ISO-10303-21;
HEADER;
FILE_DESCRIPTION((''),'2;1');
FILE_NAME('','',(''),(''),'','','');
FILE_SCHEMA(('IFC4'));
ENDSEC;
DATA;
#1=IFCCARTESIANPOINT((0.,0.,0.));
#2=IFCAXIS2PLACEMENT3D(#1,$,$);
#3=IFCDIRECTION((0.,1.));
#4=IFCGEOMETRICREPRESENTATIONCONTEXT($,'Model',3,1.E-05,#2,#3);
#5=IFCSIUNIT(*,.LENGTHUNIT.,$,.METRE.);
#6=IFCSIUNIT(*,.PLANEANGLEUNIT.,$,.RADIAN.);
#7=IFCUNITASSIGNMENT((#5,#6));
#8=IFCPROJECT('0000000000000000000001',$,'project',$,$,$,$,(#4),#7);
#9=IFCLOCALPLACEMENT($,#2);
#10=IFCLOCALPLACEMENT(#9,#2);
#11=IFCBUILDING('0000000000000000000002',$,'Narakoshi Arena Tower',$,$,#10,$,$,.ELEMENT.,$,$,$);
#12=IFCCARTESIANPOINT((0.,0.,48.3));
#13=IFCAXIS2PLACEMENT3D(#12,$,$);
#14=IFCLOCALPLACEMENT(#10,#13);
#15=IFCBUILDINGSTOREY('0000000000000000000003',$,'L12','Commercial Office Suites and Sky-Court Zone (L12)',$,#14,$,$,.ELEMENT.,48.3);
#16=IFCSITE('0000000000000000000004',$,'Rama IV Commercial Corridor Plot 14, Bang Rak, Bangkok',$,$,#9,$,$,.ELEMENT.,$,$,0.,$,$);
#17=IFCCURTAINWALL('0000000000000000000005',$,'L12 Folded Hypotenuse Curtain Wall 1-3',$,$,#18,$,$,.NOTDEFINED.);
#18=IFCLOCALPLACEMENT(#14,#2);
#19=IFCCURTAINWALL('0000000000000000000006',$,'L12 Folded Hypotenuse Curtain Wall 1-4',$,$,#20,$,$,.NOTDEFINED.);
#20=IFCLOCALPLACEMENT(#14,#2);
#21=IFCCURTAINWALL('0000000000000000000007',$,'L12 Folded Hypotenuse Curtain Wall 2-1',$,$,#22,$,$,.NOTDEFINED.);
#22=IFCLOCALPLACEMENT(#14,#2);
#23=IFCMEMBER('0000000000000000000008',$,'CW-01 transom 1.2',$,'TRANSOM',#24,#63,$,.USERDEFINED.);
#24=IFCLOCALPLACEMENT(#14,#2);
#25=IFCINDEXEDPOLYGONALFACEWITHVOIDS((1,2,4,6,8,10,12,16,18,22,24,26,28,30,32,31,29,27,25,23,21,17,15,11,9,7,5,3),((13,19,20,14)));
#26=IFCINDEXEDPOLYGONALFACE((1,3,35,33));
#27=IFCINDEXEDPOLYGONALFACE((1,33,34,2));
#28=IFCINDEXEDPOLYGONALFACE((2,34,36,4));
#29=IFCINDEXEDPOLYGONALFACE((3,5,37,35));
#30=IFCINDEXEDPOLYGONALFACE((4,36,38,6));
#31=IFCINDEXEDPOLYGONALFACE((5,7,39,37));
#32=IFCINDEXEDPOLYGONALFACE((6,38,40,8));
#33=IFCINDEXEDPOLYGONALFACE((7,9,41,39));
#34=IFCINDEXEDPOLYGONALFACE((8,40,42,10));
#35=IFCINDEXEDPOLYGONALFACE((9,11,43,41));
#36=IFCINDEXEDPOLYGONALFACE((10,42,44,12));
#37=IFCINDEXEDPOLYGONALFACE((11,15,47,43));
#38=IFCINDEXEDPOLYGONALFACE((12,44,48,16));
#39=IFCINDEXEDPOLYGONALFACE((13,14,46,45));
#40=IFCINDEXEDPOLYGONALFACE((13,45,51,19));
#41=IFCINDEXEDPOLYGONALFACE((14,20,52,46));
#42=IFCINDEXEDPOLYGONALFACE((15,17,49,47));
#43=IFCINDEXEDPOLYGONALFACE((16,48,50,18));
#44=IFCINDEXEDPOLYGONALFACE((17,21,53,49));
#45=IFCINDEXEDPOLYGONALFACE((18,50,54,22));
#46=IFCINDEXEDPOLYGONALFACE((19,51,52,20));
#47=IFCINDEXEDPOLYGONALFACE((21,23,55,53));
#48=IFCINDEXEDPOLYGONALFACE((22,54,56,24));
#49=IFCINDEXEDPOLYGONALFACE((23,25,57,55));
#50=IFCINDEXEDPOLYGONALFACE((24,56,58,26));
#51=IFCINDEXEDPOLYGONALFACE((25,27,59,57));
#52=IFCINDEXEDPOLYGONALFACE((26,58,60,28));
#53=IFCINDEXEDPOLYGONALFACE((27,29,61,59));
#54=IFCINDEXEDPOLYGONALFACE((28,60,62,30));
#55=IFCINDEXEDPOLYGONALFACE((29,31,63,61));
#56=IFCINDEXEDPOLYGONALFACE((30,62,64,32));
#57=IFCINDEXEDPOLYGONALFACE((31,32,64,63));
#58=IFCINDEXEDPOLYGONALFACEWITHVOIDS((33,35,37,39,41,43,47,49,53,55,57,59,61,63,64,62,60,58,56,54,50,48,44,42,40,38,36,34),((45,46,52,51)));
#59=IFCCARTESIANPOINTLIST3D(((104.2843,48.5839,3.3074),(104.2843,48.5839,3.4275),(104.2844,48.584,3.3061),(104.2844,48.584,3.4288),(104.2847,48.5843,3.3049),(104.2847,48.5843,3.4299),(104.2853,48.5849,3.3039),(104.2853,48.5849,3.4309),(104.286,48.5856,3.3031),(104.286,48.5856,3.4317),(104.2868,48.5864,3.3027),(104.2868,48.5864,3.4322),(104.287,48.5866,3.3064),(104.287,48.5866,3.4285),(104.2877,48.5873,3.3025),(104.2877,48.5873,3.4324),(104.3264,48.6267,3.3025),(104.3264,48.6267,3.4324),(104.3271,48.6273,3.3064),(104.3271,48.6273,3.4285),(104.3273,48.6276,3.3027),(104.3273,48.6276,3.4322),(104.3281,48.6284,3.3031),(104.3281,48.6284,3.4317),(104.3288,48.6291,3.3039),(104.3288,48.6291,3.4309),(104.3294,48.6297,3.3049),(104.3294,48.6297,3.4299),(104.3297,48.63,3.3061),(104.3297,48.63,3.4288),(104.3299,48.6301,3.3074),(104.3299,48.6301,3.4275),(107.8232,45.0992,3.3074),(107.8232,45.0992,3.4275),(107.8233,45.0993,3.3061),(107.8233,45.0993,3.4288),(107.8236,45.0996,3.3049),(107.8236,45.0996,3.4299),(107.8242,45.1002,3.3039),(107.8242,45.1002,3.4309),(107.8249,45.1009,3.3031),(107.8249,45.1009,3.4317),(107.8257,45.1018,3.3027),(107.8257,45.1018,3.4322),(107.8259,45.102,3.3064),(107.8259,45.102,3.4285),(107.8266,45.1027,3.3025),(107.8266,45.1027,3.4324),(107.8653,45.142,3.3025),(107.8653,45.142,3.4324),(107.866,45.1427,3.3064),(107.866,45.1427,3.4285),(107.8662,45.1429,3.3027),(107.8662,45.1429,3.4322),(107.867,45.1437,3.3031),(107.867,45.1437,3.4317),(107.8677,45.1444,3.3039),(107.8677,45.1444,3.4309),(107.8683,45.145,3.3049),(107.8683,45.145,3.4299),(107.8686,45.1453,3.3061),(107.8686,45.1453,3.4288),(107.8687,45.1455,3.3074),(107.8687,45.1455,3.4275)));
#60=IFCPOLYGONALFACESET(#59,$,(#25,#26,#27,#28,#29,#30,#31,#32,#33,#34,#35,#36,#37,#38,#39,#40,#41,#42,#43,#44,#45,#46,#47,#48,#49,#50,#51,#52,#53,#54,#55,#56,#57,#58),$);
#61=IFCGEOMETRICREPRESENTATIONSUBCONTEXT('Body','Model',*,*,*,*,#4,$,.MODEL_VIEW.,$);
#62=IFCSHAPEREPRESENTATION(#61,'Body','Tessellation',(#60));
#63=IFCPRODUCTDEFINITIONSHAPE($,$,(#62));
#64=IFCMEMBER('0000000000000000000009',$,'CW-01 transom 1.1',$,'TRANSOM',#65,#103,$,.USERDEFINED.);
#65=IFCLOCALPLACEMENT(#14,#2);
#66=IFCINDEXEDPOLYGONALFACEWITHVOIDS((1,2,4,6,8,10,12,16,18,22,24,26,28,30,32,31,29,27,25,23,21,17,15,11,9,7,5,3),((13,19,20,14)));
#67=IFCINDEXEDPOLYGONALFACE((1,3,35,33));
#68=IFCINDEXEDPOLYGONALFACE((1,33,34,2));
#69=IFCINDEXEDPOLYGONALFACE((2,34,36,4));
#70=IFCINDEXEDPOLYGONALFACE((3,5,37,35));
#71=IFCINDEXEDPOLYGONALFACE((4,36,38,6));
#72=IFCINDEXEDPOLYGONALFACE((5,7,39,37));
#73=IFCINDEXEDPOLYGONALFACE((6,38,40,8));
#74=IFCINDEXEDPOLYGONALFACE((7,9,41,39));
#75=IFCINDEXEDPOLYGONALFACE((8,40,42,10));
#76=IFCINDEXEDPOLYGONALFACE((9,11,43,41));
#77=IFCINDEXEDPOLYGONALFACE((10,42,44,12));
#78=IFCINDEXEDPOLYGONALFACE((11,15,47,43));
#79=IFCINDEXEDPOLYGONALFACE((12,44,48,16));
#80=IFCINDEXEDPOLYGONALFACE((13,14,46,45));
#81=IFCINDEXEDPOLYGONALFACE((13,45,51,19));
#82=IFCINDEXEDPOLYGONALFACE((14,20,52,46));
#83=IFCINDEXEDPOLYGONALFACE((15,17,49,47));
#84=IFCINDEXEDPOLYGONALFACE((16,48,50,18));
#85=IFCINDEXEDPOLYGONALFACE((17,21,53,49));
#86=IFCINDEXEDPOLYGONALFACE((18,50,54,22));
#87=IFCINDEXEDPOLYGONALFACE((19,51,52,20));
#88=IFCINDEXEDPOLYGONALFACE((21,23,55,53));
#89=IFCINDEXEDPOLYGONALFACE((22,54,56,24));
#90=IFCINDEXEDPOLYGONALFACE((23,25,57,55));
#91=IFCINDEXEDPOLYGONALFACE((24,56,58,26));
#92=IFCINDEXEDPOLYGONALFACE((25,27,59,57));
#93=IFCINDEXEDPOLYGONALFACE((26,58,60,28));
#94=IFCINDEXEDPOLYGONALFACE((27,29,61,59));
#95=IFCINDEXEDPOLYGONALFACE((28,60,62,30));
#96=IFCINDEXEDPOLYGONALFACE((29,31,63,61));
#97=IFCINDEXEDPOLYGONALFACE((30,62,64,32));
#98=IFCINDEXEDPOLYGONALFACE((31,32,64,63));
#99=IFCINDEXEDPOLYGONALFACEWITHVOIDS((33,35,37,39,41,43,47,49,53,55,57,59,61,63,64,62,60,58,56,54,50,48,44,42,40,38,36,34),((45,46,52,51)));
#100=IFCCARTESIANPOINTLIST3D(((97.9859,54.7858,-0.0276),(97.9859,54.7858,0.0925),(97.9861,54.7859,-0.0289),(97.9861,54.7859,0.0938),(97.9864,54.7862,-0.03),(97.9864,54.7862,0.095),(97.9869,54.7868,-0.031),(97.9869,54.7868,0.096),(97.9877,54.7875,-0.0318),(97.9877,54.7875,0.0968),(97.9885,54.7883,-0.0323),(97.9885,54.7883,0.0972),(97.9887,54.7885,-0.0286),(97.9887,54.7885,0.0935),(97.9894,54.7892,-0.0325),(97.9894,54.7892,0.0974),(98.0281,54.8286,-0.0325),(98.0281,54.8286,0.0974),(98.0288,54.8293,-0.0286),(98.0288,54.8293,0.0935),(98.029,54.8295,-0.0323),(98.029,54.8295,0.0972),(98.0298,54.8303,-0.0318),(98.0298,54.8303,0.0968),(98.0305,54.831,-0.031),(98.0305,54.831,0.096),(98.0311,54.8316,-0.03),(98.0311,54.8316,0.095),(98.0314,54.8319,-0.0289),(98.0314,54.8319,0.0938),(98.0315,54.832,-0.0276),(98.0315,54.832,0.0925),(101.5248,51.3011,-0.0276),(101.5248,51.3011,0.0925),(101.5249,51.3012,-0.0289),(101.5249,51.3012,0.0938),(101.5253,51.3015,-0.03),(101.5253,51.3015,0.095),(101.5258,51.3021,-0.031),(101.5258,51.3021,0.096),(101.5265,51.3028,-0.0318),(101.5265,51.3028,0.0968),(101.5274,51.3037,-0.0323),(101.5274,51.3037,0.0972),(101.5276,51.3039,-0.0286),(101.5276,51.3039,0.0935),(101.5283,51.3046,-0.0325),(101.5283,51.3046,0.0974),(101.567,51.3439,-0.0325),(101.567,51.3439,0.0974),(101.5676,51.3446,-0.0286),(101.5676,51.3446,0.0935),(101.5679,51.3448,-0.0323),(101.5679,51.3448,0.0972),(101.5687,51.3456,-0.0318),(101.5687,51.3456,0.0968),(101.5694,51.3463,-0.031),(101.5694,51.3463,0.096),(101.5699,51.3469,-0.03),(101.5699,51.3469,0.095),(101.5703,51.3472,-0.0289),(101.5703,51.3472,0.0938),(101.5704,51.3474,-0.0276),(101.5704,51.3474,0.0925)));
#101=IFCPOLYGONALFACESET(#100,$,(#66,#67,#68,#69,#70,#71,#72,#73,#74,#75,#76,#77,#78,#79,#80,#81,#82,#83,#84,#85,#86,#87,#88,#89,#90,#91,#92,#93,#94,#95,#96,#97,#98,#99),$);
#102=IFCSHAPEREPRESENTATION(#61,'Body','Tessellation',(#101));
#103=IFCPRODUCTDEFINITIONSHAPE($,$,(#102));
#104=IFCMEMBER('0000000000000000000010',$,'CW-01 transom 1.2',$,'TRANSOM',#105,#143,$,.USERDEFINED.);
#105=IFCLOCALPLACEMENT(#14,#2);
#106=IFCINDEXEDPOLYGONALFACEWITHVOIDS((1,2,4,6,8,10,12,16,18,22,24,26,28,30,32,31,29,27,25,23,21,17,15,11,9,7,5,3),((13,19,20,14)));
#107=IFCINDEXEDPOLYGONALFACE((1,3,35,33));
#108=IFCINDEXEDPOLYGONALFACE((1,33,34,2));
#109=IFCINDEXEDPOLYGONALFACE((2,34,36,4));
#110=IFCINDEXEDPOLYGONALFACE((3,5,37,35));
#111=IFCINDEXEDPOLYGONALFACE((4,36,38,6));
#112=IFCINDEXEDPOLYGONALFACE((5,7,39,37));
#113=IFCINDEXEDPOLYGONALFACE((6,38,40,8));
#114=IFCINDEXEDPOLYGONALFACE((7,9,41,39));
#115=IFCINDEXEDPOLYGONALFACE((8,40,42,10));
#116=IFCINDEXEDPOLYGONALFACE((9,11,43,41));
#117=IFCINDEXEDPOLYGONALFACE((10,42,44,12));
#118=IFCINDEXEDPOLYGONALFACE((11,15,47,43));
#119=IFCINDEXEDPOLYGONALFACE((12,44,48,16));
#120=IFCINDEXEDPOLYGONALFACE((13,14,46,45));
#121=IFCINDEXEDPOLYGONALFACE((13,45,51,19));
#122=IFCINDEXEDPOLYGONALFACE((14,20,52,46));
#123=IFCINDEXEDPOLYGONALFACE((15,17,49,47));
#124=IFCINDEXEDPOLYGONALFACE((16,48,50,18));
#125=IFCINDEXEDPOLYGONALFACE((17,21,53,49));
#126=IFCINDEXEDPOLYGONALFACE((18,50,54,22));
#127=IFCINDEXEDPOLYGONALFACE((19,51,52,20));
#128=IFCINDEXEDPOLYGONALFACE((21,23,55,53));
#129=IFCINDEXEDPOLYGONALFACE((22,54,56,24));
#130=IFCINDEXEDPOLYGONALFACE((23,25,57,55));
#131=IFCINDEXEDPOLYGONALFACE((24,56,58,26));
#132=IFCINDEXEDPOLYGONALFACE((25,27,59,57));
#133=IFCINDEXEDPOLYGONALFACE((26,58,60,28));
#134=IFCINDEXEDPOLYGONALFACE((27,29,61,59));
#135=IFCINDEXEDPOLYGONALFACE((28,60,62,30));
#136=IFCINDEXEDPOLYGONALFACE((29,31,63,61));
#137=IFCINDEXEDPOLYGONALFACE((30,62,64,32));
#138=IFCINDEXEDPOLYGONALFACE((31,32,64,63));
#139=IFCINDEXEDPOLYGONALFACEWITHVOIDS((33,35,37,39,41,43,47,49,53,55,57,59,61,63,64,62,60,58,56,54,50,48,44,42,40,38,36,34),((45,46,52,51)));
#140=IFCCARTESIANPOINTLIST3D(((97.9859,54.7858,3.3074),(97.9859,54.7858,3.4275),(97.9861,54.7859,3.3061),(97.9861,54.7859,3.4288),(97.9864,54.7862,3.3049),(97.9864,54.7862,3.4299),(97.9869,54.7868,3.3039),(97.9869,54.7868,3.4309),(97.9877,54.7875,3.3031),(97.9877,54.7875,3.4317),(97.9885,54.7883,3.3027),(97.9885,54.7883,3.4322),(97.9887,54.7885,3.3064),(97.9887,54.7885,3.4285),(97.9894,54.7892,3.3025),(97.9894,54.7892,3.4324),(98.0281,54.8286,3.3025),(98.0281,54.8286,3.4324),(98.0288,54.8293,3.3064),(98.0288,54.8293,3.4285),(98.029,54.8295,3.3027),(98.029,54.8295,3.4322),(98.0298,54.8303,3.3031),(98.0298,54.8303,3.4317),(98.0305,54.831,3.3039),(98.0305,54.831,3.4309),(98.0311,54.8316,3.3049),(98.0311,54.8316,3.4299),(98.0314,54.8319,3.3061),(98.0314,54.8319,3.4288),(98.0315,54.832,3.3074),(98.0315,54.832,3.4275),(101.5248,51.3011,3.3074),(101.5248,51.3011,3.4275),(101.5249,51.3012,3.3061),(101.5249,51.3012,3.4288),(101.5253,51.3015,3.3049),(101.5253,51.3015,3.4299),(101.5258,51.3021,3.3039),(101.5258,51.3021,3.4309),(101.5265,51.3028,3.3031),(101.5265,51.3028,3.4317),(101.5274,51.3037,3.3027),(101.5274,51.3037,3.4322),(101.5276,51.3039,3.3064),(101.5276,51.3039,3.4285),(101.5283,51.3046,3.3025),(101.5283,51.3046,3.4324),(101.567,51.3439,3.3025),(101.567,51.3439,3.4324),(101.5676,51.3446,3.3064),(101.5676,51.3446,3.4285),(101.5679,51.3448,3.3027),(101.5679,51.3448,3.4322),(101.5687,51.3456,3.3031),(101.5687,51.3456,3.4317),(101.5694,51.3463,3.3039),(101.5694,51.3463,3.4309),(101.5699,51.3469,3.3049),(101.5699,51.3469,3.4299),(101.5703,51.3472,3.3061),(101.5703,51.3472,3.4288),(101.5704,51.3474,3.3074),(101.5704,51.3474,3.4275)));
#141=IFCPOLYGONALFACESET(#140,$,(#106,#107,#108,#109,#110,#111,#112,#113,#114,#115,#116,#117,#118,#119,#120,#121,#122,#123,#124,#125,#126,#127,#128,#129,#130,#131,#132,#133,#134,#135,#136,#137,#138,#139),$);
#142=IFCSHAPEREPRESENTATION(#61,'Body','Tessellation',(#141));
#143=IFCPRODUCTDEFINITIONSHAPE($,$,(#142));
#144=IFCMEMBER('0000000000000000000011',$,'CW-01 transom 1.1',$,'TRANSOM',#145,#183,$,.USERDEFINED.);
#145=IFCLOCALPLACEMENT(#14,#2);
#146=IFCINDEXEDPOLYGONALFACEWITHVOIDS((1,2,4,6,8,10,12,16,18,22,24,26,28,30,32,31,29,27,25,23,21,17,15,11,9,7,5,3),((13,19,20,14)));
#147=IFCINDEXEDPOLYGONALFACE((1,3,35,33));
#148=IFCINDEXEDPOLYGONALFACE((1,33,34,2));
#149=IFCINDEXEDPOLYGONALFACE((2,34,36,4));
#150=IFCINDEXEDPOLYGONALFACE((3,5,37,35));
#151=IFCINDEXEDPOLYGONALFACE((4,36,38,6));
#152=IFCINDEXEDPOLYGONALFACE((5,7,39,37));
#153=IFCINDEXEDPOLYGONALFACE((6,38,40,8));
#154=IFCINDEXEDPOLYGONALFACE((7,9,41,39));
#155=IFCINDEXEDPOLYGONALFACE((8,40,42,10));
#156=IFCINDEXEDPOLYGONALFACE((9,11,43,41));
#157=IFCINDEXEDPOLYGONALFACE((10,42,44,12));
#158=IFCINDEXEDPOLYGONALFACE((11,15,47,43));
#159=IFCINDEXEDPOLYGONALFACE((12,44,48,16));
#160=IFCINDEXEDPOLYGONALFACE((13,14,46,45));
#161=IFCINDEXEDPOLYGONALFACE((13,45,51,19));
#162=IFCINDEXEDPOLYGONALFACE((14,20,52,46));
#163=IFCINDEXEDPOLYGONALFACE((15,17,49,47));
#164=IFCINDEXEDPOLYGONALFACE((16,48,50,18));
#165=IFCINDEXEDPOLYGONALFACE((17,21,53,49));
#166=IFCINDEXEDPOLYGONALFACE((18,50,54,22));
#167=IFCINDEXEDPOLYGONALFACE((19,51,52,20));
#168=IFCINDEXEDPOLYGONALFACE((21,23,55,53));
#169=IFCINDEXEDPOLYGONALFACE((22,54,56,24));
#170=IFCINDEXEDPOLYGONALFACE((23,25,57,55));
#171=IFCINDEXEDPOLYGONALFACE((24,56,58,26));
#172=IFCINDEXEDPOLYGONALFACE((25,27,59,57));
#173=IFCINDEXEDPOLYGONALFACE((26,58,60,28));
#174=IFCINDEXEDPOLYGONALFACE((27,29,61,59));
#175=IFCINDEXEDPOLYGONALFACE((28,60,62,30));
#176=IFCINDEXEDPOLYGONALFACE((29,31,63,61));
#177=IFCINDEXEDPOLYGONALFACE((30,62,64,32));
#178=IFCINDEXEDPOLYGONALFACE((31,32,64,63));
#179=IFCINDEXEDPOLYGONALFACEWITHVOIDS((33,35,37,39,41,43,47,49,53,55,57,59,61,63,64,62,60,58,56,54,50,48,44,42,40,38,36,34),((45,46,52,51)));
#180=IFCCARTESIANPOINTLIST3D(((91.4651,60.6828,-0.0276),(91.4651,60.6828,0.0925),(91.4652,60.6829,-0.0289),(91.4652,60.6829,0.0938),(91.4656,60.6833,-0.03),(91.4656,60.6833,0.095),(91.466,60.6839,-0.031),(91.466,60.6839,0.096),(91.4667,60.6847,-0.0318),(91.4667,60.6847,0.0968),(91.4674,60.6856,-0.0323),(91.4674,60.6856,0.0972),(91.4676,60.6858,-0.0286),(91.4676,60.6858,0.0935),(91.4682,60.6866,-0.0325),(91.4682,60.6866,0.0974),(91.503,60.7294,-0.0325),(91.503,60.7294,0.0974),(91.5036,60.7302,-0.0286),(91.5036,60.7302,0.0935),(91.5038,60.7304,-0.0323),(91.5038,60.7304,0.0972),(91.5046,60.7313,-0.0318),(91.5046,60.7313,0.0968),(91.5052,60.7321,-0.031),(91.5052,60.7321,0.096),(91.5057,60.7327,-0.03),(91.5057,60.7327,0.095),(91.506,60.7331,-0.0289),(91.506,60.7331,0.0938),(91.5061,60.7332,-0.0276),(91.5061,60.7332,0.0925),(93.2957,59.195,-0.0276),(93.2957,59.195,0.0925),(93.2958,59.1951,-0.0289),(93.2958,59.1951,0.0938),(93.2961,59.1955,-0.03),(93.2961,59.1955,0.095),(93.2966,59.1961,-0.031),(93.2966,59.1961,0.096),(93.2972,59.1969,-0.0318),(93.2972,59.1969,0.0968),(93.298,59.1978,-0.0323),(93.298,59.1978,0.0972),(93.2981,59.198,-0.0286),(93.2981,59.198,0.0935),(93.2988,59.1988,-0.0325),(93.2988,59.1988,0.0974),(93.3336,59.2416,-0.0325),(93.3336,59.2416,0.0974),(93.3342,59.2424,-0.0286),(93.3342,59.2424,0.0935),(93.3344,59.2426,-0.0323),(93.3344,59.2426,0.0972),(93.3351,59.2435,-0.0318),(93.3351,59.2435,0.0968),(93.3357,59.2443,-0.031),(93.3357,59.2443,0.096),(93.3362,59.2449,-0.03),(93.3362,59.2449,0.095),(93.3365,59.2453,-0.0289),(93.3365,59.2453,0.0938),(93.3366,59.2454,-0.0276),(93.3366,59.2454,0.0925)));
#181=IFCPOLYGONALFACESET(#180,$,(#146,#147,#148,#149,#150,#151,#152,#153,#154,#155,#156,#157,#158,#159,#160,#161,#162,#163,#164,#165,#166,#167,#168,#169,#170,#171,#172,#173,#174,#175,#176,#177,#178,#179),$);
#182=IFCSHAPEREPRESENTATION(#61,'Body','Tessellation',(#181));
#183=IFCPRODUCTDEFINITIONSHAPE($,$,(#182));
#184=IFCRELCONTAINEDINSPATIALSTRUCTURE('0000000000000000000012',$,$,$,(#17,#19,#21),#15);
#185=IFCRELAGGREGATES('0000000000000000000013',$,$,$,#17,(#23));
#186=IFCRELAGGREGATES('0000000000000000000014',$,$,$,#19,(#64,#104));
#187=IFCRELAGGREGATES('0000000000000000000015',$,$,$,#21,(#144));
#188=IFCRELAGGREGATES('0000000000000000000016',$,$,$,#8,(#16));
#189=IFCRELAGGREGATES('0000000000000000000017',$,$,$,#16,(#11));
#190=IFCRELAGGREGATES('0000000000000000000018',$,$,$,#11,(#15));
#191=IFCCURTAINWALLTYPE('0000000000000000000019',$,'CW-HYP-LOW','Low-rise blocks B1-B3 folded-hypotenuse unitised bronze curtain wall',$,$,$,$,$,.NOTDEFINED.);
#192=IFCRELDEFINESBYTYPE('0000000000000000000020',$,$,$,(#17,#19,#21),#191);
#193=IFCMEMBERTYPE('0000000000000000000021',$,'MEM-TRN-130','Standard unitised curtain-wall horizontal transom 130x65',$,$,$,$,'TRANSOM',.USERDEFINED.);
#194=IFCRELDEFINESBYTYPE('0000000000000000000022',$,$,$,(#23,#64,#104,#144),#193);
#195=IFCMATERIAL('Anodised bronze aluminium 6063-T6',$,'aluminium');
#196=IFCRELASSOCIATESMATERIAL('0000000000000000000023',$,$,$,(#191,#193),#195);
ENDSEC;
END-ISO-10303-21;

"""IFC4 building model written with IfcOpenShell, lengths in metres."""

from ifc_helpers import new_model, si_unit, direction, frame, origin, origin_2d, place, context, subcontext, project, spatial, hollow_rectangle, extrude, material, material_profile, profile_set, type_object, element, aggregate, save


model = new_model("IFC4")

# Units and contexts
model_context = context("Model", 3, precision=1e-05, world=origin(), true_north=direction((0.0, 1.0)))
body_context = subcontext(model_context, "Body", "Model", "MODEL_VIEW")
ifc_project = project(units=[si_unit("LENGTHUNIT", "METRE"), si_unit("PLANEANGLEUNIT", "RADIAN")], contexts=[model_context])

# Site, building, storey
site_placement = place(None, origin())
site = spatial("IfcSite", under=ifc_project, at=site_placement, Name="Rama IV Commercial Corridor Plot 14, Bang Rak, Bangkok", CompositionType="ELEMENT", RefElevation=0.0)
building_placement = place(site_placement, origin())
building = spatial("IfcBuilding", under=site, at=building_placement, Name="Narakoshi Arena Tower", CompositionType="ELEMENT")
storey_placement = place(building_placement, frame((0.0, 0.0, 48.3)))
storey = spatial("IfcBuildingStorey", under=building, at=storey_placement, Name="L12", Description="Commercial Office Suites and Sky-Court Zone (L12)", CompositionType="ELEMENT", Elevation=48.3)

# Curtain walls
ifc_material_1 = material(Name="Anodised bronze aluminium 6063-T6", Category="aluminium")
curtain_wall_type = type_object("IfcCurtainWallType", Name="CW-HYP-LOW", Description="Low-rise blocks B1-B3 folded-hypotenuse unitised bronze curtain wall", PredefinedType="NOTDEFINED", material=ifc_material_1)
curtain_wall_1_placement = place(storey_placement, origin())
curtain_wall_1 = element("IfcCurtainWall", 1, at=curtain_wall_1_placement, inside=storey, type_object=curtain_wall_type, Name="L12 Folded Hypotenuse Curtain Wall 1-3", PredefinedType="NOTDEFINED")
curtain_wall_2_placement = place(storey_placement, origin())
curtain_wall_2 = element("IfcCurtainWall", 2, at=curtain_wall_2_placement, inside=storey, type_object=curtain_wall_type, Name="L12 Folded Hypotenuse Curtain Wall 1-4", PredefinedType="NOTDEFINED")
curtain_wall_3_placement = place(storey_placement, origin())
curtain_wall_3 = element("IfcCurtainWall", 3, at=curtain_wall_3_placement, inside=storey, type_object=curtain_wall_type, Name="L12 Folded Hypotenuse Curtain Wall 2-1", PredefinedType="NOTDEFINED")

# Members
ifc_material_profile_1 = material_profile(ifc_material_1, hollow_rectangle(XDim=0.0649, YDim=0.1299, WallThickness=0.0039, OuterFilletRadius=0.0049, at=origin_2d()), Name="TRN130x65x4")
ifc_profile_set_1 = profile_set([ifc_material_profile_1], Name="Anodised bronze aluminium 6063-T6")
member_type_1 = type_object("IfcMemberType", Name="MEM-TRN-130", Description="Standard unitised curtain-wall horizontal transom 130x65", ElementType="TRANSOM", PredefinedType="USERDEFINED", material=ifc_profile_set_1)
member_1_placement = place(storey_placement, frame((107.8459, 45.1223, 3.3674), z_axis=(-0.712542, 0.701629, 0.0), x_axis=(-0.701629, -0.712542, 0.0)))
member_1 = element("IfcMember", 4, at=member_1_placement, type_object=member_type_1, Name="CW-01 transom 1.2", ObjectType="TRANSOM", PredefinedType="USERDEFINED", context=body_context, shape_type="SweptSolid", body=[
    extrude(hollow_rectangle(XDim=0.0649, YDim=0.1299, WallThickness=0.0039, OuterFilletRadius=0.0049, at=origin_2d()), origin(), (0.0, 0.0, 1.0), 4.9666),
])
member_2_placement = place(storey_placement, frame((101.5476, 51.3242, 0.0325), z_axis=(-0.712542, 0.701629, 0.0), x_axis=(-0.701629, -0.712542, 0.0)))
member_2 = element("IfcMember", 5, at=member_2_placement, type_object=member_type_1, Name="CW-01 transom 1.1", ObjectType="TRANSOM", PredefinedType="USERDEFINED", context=body_context, shape_type="SweptSolid", body=[
    extrude(hollow_rectangle(XDim=0.0649, YDim=0.1299, WallThickness=0.0039, OuterFilletRadius=0.0049, at=origin_2d()), origin(), (0.0, 0.0, 1.0), 4.9666),
])
member_3_placement = place(storey_placement, frame((101.5476, 51.3242, 3.3674), z_axis=(-0.712542, 0.701629, 0.0), x_axis=(-0.701629, -0.712542, 0.0)))
member_3 = element("IfcMember", 6, at=member_3_placement, type_object=member_type_1, Name="CW-01 transom 1.2", ObjectType="TRANSOM", PredefinedType="USERDEFINED", context=body_context, shape_type="SweptSolid", body=[
    extrude(hollow_rectangle(XDim=0.0649, YDim=0.1299, WallThickness=0.0039, OuterFilletRadius=0.0049, at=origin_2d()), origin(), (0.0, 0.0, 1.0), 4.9666),
])
member_4_placement = place(storey_placement, frame((93.3162, 59.2202, 0.0325), z_axis=(-0.776019, 0.63071, 0.0), x_axis=(-0.63071, -0.776019, 0.0)))
member_4 = element("IfcMember", 7, at=member_4_placement, type_object=member_type_1, Name="CW-01 transom 1.1", ObjectType="TRANSOM", PredefinedType="USERDEFINED", context=body_context, shape_type="SweptSolid", body=[
    extrude(hollow_rectangle(XDim=0.0649, YDim=0.1299, WallThickness=0.0039, OuterFilletRadius=0.0049, at=origin_2d()), origin(), (0.0, 0.0, 1.0), 2.3589),
])

aggregate(curtain_wall_1, [member_1])
aggregate(curtain_wall_2, [member_2, member_3])
aggregate(curtain_wall_3, [member_4])

save(model, "model.ifc")
